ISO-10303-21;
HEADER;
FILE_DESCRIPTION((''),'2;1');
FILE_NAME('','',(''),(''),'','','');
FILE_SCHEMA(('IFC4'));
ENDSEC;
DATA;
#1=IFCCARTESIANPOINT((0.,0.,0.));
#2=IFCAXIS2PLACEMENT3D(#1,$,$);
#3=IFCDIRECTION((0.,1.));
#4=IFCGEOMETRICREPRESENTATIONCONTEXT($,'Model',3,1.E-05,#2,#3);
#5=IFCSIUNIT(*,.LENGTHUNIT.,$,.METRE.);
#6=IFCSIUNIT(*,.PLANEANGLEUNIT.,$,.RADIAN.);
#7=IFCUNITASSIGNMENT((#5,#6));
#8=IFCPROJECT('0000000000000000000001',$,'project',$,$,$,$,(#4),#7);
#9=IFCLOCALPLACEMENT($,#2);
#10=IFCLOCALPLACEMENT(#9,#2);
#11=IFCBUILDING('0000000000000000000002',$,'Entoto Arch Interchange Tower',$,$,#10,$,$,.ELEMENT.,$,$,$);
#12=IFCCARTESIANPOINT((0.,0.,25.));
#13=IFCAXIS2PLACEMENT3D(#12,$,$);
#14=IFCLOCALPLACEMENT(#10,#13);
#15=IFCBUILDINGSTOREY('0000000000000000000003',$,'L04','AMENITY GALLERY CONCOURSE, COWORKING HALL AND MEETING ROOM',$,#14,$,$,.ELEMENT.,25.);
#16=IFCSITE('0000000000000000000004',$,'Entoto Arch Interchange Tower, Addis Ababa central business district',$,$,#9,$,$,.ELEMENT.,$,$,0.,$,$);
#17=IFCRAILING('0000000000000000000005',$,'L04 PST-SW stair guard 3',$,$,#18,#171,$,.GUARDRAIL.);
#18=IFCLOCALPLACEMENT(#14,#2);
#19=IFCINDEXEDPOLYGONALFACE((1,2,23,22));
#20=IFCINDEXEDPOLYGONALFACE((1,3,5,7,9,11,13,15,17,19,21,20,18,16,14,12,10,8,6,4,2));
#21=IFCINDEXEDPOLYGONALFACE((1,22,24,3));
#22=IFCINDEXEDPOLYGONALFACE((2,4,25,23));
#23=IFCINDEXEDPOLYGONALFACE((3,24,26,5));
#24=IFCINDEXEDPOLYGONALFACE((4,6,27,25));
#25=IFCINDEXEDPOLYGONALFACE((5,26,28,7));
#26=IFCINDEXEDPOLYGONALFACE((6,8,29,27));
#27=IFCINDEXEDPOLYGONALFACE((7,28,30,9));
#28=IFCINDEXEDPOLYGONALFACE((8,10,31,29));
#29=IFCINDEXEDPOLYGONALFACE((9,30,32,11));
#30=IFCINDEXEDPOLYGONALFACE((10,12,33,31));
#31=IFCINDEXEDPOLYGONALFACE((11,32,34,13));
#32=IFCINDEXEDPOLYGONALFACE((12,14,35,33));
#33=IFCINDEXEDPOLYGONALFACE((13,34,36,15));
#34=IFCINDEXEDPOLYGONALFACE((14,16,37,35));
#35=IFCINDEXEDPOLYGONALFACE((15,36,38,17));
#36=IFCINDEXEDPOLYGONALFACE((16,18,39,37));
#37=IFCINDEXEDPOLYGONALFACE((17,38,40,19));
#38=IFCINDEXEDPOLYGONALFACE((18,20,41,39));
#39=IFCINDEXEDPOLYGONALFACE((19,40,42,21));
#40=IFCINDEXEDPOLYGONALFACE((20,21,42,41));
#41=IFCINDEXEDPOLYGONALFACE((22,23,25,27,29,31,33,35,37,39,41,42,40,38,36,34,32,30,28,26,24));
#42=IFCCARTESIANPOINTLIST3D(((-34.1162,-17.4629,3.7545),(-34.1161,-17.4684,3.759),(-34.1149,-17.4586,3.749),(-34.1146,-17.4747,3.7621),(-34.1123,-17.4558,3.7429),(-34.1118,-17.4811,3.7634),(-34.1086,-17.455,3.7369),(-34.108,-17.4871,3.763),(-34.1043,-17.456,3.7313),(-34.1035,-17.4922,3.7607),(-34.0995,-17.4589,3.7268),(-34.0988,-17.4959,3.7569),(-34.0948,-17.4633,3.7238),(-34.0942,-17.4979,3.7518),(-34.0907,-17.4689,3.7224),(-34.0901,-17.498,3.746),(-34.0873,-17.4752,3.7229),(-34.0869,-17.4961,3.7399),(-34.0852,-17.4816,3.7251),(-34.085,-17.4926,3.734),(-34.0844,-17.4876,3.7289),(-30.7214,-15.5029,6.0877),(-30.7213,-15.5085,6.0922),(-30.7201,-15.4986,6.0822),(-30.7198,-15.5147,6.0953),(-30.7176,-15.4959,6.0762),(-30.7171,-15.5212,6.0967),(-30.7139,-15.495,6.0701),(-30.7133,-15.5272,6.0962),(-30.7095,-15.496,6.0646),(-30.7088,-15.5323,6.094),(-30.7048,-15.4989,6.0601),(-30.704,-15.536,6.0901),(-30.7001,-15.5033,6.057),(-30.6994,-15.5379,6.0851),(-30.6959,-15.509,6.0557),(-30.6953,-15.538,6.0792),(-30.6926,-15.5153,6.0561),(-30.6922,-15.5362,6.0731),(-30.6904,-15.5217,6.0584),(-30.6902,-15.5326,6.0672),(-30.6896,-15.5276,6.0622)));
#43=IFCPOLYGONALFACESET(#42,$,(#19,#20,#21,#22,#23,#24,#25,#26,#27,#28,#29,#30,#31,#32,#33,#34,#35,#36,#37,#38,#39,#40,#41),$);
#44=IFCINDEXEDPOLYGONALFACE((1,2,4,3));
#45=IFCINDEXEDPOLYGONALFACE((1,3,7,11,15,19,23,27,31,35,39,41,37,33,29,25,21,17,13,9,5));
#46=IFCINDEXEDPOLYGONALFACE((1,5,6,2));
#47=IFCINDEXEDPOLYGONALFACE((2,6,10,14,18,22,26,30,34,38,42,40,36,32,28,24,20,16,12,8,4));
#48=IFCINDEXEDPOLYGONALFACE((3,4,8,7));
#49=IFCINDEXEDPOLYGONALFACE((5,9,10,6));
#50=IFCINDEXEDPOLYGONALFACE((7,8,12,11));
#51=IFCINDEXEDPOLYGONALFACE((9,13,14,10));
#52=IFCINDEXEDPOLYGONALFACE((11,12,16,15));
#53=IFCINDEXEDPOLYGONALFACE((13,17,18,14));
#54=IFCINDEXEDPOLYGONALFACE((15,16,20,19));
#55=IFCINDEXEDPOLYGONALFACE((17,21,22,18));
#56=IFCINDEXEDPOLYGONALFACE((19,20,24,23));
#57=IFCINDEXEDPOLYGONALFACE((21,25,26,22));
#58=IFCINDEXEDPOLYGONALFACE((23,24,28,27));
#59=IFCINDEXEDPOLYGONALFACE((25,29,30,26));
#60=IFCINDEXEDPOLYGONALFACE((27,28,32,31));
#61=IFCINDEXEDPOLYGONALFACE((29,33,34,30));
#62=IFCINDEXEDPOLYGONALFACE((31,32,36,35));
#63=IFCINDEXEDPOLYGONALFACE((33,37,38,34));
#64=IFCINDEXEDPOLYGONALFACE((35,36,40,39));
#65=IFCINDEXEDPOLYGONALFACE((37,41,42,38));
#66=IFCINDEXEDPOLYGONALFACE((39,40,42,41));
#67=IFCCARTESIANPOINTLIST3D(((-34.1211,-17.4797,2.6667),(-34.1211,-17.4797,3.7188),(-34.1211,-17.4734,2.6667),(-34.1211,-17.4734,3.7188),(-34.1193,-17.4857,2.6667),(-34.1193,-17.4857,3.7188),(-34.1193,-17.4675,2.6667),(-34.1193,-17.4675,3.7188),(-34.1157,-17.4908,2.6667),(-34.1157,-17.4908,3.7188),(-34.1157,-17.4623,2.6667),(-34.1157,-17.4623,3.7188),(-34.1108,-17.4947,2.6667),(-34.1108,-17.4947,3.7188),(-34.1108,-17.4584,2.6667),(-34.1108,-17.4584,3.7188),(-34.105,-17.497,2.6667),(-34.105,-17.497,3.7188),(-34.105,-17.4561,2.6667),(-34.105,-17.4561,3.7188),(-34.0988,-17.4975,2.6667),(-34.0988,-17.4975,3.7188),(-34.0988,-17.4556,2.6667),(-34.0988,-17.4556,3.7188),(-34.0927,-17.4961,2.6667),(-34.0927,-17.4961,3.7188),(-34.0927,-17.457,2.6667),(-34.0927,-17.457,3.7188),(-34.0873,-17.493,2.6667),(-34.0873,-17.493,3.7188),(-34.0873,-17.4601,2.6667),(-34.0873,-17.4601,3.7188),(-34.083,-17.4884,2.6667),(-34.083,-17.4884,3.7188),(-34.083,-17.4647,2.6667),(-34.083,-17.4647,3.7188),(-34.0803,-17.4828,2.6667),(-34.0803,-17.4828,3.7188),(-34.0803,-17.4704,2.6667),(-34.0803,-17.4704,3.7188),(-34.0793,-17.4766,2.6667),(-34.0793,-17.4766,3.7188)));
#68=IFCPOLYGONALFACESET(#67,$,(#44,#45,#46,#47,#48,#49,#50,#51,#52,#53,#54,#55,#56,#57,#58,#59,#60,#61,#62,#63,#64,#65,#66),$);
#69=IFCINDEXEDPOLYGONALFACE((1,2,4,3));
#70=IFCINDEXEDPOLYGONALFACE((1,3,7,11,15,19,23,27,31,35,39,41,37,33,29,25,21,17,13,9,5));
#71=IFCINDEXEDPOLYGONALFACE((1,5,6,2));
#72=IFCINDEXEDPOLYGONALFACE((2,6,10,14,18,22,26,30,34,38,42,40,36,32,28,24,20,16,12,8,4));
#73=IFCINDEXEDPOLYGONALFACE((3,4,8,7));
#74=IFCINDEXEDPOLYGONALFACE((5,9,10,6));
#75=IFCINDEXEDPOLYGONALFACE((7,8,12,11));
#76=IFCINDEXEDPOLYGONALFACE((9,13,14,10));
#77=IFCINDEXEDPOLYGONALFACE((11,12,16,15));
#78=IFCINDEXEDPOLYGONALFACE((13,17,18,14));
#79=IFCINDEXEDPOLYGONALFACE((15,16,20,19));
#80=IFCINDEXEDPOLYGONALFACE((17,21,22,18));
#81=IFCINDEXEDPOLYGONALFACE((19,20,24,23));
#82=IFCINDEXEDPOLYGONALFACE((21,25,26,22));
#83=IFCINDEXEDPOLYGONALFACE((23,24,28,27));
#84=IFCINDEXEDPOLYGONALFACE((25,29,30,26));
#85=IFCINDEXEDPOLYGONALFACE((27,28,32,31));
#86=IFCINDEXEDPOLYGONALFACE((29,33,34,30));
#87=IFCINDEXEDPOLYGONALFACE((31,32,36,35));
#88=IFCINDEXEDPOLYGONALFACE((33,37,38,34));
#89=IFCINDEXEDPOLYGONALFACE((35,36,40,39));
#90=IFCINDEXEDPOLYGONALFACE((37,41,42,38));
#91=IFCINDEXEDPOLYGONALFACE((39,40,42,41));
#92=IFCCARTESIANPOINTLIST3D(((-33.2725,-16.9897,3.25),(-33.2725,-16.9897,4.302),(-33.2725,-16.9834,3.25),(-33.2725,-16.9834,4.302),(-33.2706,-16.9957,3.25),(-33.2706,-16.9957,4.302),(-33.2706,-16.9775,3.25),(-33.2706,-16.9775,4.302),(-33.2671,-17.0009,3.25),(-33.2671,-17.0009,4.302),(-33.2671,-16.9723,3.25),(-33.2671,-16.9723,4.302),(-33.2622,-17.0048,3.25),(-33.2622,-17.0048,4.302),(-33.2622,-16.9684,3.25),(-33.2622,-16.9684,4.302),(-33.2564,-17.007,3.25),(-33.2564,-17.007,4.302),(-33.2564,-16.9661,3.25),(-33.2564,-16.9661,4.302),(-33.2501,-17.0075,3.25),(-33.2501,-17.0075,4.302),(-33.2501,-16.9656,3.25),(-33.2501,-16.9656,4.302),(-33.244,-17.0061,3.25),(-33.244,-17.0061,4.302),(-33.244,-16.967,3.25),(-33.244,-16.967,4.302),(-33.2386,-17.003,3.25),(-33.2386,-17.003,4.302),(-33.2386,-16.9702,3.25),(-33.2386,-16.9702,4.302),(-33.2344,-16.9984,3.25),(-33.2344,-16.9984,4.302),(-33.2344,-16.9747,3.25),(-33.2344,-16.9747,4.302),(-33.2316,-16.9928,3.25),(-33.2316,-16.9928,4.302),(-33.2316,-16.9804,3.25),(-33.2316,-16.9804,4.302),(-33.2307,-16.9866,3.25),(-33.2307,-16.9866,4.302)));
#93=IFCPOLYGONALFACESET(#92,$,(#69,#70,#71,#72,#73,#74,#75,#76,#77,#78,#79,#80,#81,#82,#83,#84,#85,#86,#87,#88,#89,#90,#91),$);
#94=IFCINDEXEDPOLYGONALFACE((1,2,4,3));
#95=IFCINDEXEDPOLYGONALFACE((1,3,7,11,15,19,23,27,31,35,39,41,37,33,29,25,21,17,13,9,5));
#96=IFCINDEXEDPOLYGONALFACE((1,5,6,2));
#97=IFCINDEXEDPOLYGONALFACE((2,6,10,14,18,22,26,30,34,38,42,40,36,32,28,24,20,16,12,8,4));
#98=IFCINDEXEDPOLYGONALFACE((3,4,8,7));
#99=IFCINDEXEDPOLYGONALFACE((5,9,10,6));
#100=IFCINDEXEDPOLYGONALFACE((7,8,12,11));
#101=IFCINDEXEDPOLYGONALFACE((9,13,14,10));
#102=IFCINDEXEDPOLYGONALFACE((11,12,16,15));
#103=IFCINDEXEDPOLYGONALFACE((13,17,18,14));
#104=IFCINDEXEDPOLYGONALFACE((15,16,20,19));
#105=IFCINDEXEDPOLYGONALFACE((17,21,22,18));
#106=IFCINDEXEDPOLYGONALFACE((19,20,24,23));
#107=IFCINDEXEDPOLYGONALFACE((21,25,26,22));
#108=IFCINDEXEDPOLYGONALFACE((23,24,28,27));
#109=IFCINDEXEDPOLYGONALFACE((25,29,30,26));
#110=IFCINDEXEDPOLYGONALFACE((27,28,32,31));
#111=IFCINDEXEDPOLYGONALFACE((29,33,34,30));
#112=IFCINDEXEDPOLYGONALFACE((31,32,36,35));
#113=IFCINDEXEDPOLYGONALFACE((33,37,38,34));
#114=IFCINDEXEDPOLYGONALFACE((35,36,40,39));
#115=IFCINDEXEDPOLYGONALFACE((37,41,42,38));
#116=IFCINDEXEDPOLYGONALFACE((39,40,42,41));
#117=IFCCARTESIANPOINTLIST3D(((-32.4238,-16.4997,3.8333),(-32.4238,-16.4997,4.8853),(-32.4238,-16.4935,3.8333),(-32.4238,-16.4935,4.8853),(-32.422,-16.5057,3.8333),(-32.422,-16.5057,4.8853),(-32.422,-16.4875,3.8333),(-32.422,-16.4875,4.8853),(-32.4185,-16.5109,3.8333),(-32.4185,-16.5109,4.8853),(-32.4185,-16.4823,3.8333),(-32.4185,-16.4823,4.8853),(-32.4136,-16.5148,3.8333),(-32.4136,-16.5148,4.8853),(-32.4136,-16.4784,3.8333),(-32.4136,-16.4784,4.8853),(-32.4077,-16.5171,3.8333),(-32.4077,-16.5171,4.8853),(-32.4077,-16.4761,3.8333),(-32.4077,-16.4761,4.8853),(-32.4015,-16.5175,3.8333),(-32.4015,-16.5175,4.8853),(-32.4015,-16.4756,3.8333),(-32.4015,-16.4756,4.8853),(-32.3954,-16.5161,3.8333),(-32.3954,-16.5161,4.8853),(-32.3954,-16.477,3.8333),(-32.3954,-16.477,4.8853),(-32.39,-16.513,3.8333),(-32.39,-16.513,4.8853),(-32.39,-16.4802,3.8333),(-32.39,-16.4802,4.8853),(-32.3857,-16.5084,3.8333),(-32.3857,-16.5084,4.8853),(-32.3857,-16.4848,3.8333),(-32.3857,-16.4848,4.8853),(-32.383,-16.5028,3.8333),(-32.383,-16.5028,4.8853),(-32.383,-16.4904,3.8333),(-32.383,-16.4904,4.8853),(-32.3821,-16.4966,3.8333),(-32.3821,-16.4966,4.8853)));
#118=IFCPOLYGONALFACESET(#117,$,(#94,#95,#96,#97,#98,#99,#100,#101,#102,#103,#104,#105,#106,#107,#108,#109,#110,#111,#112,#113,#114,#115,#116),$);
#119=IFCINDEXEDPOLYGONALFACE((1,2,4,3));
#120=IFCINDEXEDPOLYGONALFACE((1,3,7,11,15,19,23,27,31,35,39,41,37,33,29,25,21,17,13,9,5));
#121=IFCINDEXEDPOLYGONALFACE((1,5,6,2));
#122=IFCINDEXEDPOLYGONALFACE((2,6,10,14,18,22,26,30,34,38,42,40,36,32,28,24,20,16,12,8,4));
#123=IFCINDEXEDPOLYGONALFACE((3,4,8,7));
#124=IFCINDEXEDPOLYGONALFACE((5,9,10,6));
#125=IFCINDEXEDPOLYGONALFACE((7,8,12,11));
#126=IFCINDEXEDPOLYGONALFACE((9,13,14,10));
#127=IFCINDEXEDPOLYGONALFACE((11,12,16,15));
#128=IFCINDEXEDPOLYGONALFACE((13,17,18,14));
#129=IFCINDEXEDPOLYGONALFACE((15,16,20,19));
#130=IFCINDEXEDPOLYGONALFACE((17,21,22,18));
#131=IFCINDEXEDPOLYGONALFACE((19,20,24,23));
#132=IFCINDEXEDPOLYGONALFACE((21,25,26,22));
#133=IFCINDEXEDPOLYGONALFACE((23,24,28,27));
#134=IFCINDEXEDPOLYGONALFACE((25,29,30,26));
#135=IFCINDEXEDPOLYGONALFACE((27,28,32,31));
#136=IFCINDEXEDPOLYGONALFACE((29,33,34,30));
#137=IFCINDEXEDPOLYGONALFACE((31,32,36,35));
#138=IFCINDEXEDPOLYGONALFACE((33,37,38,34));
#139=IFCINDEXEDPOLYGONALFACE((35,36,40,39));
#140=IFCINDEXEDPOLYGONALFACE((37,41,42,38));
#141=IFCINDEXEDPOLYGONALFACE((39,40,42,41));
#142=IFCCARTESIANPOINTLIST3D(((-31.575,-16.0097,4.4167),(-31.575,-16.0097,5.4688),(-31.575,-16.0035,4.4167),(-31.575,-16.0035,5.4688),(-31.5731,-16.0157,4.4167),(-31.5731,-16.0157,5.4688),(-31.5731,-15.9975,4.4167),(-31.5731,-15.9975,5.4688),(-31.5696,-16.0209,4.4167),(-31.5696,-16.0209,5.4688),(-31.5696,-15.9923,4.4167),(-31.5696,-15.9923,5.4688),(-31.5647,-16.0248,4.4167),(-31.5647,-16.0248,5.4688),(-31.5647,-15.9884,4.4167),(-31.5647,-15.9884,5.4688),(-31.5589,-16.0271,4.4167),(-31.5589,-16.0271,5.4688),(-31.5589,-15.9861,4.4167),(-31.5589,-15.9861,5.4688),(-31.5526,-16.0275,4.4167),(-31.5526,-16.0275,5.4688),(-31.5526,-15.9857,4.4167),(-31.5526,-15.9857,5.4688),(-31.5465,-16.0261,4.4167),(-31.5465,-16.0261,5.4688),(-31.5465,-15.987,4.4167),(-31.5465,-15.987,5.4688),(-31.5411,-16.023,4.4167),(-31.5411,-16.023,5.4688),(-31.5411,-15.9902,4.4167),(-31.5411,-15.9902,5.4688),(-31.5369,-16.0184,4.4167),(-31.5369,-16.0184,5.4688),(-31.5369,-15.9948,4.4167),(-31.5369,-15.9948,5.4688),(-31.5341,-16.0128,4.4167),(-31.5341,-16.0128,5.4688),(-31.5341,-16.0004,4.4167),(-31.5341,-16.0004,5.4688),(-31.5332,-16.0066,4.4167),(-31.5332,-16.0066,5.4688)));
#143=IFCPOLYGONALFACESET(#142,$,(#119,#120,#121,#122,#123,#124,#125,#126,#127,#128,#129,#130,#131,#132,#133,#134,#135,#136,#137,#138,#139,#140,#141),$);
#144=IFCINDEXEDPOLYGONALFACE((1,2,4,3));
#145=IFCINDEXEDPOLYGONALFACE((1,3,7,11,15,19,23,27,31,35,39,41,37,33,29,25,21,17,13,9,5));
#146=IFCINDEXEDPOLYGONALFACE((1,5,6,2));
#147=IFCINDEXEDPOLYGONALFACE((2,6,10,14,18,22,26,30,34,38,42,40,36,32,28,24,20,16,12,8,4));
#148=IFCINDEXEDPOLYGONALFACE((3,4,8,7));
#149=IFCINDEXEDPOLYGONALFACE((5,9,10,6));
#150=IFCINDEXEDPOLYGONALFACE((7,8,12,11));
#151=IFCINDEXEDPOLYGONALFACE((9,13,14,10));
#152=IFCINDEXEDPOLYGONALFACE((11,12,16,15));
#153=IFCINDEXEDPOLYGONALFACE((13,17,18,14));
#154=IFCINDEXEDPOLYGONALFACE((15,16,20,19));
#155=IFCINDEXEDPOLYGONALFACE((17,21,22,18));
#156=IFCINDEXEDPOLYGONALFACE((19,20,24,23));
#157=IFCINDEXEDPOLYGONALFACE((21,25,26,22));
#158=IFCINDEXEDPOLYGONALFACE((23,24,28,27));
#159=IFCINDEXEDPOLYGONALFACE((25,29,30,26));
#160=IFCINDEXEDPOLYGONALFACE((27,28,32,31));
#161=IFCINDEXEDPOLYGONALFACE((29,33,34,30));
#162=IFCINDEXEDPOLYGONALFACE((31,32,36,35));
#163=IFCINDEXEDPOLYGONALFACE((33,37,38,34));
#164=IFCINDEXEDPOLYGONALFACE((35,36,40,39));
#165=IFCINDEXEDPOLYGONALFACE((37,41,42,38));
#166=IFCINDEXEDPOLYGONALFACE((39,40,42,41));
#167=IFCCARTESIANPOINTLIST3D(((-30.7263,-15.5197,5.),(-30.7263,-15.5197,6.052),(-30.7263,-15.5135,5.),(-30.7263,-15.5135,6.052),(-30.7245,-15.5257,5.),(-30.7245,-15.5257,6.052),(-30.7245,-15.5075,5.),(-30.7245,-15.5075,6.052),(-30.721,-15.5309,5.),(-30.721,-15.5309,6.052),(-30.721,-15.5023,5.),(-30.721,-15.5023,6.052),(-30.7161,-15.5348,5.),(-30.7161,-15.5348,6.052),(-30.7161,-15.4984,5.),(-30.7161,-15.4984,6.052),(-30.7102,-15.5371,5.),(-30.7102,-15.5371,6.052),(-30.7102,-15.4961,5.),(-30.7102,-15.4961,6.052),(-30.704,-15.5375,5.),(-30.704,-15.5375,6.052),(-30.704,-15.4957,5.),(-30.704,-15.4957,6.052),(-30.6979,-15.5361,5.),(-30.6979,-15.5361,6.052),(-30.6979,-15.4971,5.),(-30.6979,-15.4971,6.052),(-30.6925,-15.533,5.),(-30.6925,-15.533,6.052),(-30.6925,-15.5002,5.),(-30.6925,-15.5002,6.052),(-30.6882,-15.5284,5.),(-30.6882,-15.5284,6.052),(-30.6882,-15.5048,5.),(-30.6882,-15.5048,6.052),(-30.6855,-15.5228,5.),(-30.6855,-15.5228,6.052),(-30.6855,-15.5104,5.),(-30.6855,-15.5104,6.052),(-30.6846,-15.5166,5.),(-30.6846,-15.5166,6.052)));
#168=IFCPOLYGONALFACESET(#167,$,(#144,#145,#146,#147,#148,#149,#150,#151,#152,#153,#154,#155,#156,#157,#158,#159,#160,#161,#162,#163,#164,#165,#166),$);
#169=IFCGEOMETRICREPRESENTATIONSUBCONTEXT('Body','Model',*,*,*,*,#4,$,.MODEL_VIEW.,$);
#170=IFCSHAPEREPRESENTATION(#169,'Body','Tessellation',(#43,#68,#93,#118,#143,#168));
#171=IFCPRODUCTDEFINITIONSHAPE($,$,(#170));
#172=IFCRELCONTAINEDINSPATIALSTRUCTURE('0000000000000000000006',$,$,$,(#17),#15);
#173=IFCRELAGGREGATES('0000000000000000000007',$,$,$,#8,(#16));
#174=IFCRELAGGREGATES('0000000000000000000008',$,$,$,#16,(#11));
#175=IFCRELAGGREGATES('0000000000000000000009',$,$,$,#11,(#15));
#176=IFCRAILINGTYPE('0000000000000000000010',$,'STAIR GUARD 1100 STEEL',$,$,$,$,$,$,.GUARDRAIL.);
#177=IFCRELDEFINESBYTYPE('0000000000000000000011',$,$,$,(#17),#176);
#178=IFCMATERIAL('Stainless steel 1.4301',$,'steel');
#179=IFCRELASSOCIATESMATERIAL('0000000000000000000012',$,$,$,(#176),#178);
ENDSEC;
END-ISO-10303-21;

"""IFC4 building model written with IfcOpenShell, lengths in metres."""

from ifc_helpers import new_model, si_unit, direction, frame, origin, origin_2d, place, context, subcontext, project, spatial, circle, extrude, material, type_object, element, save


model = new_model("IFC4")

# Units and contexts
model_context = context("Model", 3, precision=1e-05, world=origin(), true_north=direction((0.0, 1.0)))
body_context = subcontext(model_context, "Body", "Model", "MODEL_VIEW")
ifc_project = project(units=[si_unit("LENGTHUNIT", "METRE"), si_unit("PLANEANGLEUNIT", "RADIAN")], contexts=[model_context])

# Site, building, storey
site_placement = place(None, origin())
site = spatial("IfcSite", under=ifc_project, at=site_placement, Name="Entoto Arch Interchange Tower, Addis Ababa central business district", CompositionType="ELEMENT", RefElevation=0.0)
building_placement = place(site_placement, origin())
building = spatial("IfcBuilding", under=site, at=building_placement, Name="Entoto Arch Interchange Tower", CompositionType="ELEMENT")
storey_placement = place(building_placement, frame((0.0, 0.0, 25.0)))
storey = spatial("IfcBuildingStorey", under=building, at=storey_placement, Name="L04", Description="AMENITY GALLERY CONCOURSE, COWORKING HALL AND MEETING ROOM", CompositionType="ELEMENT", Elevation=25.0)

# Railing
ifc_material_1 = material(Name="Stainless steel 1.4301", Category="steel")
railing_type_1 = type_object("IfcRailingType", Name="STAIR GUARD 1100 STEEL", PredefinedType="GUARDRAIL", material=ifc_material_1)
railing_1_placement = place(storey_placement, frame((-34.1003, -17.4766, 2.6667)))
element("IfcRailing", 1, at=railing_1_placement, inside=storey, type_object=railing_type_1, Name="L04 PST-SW stair guard 3", PredefinedType="GUARDRAIL", context=body_context, shape_type="SweptSolid", body=[
    extrude(circle(Radius=0.0239, at=origin_2d()), frame((0.0, 0.0, 1.0762), z_axis=(0.744175, 0.429646, 0.511476), x_axis=(-0.499997, 0.866027, 0.0)), (0.0, 0.0, 1.0), 4.5618),
    extrude(circle(Radius=0.021, at=origin_2d()), origin(), (0.0, 0.0, 1.0), 1.052),
    extrude(circle(Radius=0.021, at=origin_2d()), frame((0.8486, 0.49, 0.5833)), (0.0, 0.0, 1.0), 1.052),
    extrude(circle(Radius=0.021, at=origin_2d()), frame((1.6973, 0.98, 1.1665)), (0.0, 0.0, 1.0), 1.052),
    extrude(circle(Radius=0.021, at=origin_2d()), frame((2.5461, 1.47, 1.75)), (0.0, 0.0, 1.0), 1.052),
    extrude(circle(Radius=0.021, at=origin_2d()), frame((3.3948, 1.96, 2.3333)), (0.0, 0.0, 1.0), 1.052),
])

save(model, "model.ifc")
